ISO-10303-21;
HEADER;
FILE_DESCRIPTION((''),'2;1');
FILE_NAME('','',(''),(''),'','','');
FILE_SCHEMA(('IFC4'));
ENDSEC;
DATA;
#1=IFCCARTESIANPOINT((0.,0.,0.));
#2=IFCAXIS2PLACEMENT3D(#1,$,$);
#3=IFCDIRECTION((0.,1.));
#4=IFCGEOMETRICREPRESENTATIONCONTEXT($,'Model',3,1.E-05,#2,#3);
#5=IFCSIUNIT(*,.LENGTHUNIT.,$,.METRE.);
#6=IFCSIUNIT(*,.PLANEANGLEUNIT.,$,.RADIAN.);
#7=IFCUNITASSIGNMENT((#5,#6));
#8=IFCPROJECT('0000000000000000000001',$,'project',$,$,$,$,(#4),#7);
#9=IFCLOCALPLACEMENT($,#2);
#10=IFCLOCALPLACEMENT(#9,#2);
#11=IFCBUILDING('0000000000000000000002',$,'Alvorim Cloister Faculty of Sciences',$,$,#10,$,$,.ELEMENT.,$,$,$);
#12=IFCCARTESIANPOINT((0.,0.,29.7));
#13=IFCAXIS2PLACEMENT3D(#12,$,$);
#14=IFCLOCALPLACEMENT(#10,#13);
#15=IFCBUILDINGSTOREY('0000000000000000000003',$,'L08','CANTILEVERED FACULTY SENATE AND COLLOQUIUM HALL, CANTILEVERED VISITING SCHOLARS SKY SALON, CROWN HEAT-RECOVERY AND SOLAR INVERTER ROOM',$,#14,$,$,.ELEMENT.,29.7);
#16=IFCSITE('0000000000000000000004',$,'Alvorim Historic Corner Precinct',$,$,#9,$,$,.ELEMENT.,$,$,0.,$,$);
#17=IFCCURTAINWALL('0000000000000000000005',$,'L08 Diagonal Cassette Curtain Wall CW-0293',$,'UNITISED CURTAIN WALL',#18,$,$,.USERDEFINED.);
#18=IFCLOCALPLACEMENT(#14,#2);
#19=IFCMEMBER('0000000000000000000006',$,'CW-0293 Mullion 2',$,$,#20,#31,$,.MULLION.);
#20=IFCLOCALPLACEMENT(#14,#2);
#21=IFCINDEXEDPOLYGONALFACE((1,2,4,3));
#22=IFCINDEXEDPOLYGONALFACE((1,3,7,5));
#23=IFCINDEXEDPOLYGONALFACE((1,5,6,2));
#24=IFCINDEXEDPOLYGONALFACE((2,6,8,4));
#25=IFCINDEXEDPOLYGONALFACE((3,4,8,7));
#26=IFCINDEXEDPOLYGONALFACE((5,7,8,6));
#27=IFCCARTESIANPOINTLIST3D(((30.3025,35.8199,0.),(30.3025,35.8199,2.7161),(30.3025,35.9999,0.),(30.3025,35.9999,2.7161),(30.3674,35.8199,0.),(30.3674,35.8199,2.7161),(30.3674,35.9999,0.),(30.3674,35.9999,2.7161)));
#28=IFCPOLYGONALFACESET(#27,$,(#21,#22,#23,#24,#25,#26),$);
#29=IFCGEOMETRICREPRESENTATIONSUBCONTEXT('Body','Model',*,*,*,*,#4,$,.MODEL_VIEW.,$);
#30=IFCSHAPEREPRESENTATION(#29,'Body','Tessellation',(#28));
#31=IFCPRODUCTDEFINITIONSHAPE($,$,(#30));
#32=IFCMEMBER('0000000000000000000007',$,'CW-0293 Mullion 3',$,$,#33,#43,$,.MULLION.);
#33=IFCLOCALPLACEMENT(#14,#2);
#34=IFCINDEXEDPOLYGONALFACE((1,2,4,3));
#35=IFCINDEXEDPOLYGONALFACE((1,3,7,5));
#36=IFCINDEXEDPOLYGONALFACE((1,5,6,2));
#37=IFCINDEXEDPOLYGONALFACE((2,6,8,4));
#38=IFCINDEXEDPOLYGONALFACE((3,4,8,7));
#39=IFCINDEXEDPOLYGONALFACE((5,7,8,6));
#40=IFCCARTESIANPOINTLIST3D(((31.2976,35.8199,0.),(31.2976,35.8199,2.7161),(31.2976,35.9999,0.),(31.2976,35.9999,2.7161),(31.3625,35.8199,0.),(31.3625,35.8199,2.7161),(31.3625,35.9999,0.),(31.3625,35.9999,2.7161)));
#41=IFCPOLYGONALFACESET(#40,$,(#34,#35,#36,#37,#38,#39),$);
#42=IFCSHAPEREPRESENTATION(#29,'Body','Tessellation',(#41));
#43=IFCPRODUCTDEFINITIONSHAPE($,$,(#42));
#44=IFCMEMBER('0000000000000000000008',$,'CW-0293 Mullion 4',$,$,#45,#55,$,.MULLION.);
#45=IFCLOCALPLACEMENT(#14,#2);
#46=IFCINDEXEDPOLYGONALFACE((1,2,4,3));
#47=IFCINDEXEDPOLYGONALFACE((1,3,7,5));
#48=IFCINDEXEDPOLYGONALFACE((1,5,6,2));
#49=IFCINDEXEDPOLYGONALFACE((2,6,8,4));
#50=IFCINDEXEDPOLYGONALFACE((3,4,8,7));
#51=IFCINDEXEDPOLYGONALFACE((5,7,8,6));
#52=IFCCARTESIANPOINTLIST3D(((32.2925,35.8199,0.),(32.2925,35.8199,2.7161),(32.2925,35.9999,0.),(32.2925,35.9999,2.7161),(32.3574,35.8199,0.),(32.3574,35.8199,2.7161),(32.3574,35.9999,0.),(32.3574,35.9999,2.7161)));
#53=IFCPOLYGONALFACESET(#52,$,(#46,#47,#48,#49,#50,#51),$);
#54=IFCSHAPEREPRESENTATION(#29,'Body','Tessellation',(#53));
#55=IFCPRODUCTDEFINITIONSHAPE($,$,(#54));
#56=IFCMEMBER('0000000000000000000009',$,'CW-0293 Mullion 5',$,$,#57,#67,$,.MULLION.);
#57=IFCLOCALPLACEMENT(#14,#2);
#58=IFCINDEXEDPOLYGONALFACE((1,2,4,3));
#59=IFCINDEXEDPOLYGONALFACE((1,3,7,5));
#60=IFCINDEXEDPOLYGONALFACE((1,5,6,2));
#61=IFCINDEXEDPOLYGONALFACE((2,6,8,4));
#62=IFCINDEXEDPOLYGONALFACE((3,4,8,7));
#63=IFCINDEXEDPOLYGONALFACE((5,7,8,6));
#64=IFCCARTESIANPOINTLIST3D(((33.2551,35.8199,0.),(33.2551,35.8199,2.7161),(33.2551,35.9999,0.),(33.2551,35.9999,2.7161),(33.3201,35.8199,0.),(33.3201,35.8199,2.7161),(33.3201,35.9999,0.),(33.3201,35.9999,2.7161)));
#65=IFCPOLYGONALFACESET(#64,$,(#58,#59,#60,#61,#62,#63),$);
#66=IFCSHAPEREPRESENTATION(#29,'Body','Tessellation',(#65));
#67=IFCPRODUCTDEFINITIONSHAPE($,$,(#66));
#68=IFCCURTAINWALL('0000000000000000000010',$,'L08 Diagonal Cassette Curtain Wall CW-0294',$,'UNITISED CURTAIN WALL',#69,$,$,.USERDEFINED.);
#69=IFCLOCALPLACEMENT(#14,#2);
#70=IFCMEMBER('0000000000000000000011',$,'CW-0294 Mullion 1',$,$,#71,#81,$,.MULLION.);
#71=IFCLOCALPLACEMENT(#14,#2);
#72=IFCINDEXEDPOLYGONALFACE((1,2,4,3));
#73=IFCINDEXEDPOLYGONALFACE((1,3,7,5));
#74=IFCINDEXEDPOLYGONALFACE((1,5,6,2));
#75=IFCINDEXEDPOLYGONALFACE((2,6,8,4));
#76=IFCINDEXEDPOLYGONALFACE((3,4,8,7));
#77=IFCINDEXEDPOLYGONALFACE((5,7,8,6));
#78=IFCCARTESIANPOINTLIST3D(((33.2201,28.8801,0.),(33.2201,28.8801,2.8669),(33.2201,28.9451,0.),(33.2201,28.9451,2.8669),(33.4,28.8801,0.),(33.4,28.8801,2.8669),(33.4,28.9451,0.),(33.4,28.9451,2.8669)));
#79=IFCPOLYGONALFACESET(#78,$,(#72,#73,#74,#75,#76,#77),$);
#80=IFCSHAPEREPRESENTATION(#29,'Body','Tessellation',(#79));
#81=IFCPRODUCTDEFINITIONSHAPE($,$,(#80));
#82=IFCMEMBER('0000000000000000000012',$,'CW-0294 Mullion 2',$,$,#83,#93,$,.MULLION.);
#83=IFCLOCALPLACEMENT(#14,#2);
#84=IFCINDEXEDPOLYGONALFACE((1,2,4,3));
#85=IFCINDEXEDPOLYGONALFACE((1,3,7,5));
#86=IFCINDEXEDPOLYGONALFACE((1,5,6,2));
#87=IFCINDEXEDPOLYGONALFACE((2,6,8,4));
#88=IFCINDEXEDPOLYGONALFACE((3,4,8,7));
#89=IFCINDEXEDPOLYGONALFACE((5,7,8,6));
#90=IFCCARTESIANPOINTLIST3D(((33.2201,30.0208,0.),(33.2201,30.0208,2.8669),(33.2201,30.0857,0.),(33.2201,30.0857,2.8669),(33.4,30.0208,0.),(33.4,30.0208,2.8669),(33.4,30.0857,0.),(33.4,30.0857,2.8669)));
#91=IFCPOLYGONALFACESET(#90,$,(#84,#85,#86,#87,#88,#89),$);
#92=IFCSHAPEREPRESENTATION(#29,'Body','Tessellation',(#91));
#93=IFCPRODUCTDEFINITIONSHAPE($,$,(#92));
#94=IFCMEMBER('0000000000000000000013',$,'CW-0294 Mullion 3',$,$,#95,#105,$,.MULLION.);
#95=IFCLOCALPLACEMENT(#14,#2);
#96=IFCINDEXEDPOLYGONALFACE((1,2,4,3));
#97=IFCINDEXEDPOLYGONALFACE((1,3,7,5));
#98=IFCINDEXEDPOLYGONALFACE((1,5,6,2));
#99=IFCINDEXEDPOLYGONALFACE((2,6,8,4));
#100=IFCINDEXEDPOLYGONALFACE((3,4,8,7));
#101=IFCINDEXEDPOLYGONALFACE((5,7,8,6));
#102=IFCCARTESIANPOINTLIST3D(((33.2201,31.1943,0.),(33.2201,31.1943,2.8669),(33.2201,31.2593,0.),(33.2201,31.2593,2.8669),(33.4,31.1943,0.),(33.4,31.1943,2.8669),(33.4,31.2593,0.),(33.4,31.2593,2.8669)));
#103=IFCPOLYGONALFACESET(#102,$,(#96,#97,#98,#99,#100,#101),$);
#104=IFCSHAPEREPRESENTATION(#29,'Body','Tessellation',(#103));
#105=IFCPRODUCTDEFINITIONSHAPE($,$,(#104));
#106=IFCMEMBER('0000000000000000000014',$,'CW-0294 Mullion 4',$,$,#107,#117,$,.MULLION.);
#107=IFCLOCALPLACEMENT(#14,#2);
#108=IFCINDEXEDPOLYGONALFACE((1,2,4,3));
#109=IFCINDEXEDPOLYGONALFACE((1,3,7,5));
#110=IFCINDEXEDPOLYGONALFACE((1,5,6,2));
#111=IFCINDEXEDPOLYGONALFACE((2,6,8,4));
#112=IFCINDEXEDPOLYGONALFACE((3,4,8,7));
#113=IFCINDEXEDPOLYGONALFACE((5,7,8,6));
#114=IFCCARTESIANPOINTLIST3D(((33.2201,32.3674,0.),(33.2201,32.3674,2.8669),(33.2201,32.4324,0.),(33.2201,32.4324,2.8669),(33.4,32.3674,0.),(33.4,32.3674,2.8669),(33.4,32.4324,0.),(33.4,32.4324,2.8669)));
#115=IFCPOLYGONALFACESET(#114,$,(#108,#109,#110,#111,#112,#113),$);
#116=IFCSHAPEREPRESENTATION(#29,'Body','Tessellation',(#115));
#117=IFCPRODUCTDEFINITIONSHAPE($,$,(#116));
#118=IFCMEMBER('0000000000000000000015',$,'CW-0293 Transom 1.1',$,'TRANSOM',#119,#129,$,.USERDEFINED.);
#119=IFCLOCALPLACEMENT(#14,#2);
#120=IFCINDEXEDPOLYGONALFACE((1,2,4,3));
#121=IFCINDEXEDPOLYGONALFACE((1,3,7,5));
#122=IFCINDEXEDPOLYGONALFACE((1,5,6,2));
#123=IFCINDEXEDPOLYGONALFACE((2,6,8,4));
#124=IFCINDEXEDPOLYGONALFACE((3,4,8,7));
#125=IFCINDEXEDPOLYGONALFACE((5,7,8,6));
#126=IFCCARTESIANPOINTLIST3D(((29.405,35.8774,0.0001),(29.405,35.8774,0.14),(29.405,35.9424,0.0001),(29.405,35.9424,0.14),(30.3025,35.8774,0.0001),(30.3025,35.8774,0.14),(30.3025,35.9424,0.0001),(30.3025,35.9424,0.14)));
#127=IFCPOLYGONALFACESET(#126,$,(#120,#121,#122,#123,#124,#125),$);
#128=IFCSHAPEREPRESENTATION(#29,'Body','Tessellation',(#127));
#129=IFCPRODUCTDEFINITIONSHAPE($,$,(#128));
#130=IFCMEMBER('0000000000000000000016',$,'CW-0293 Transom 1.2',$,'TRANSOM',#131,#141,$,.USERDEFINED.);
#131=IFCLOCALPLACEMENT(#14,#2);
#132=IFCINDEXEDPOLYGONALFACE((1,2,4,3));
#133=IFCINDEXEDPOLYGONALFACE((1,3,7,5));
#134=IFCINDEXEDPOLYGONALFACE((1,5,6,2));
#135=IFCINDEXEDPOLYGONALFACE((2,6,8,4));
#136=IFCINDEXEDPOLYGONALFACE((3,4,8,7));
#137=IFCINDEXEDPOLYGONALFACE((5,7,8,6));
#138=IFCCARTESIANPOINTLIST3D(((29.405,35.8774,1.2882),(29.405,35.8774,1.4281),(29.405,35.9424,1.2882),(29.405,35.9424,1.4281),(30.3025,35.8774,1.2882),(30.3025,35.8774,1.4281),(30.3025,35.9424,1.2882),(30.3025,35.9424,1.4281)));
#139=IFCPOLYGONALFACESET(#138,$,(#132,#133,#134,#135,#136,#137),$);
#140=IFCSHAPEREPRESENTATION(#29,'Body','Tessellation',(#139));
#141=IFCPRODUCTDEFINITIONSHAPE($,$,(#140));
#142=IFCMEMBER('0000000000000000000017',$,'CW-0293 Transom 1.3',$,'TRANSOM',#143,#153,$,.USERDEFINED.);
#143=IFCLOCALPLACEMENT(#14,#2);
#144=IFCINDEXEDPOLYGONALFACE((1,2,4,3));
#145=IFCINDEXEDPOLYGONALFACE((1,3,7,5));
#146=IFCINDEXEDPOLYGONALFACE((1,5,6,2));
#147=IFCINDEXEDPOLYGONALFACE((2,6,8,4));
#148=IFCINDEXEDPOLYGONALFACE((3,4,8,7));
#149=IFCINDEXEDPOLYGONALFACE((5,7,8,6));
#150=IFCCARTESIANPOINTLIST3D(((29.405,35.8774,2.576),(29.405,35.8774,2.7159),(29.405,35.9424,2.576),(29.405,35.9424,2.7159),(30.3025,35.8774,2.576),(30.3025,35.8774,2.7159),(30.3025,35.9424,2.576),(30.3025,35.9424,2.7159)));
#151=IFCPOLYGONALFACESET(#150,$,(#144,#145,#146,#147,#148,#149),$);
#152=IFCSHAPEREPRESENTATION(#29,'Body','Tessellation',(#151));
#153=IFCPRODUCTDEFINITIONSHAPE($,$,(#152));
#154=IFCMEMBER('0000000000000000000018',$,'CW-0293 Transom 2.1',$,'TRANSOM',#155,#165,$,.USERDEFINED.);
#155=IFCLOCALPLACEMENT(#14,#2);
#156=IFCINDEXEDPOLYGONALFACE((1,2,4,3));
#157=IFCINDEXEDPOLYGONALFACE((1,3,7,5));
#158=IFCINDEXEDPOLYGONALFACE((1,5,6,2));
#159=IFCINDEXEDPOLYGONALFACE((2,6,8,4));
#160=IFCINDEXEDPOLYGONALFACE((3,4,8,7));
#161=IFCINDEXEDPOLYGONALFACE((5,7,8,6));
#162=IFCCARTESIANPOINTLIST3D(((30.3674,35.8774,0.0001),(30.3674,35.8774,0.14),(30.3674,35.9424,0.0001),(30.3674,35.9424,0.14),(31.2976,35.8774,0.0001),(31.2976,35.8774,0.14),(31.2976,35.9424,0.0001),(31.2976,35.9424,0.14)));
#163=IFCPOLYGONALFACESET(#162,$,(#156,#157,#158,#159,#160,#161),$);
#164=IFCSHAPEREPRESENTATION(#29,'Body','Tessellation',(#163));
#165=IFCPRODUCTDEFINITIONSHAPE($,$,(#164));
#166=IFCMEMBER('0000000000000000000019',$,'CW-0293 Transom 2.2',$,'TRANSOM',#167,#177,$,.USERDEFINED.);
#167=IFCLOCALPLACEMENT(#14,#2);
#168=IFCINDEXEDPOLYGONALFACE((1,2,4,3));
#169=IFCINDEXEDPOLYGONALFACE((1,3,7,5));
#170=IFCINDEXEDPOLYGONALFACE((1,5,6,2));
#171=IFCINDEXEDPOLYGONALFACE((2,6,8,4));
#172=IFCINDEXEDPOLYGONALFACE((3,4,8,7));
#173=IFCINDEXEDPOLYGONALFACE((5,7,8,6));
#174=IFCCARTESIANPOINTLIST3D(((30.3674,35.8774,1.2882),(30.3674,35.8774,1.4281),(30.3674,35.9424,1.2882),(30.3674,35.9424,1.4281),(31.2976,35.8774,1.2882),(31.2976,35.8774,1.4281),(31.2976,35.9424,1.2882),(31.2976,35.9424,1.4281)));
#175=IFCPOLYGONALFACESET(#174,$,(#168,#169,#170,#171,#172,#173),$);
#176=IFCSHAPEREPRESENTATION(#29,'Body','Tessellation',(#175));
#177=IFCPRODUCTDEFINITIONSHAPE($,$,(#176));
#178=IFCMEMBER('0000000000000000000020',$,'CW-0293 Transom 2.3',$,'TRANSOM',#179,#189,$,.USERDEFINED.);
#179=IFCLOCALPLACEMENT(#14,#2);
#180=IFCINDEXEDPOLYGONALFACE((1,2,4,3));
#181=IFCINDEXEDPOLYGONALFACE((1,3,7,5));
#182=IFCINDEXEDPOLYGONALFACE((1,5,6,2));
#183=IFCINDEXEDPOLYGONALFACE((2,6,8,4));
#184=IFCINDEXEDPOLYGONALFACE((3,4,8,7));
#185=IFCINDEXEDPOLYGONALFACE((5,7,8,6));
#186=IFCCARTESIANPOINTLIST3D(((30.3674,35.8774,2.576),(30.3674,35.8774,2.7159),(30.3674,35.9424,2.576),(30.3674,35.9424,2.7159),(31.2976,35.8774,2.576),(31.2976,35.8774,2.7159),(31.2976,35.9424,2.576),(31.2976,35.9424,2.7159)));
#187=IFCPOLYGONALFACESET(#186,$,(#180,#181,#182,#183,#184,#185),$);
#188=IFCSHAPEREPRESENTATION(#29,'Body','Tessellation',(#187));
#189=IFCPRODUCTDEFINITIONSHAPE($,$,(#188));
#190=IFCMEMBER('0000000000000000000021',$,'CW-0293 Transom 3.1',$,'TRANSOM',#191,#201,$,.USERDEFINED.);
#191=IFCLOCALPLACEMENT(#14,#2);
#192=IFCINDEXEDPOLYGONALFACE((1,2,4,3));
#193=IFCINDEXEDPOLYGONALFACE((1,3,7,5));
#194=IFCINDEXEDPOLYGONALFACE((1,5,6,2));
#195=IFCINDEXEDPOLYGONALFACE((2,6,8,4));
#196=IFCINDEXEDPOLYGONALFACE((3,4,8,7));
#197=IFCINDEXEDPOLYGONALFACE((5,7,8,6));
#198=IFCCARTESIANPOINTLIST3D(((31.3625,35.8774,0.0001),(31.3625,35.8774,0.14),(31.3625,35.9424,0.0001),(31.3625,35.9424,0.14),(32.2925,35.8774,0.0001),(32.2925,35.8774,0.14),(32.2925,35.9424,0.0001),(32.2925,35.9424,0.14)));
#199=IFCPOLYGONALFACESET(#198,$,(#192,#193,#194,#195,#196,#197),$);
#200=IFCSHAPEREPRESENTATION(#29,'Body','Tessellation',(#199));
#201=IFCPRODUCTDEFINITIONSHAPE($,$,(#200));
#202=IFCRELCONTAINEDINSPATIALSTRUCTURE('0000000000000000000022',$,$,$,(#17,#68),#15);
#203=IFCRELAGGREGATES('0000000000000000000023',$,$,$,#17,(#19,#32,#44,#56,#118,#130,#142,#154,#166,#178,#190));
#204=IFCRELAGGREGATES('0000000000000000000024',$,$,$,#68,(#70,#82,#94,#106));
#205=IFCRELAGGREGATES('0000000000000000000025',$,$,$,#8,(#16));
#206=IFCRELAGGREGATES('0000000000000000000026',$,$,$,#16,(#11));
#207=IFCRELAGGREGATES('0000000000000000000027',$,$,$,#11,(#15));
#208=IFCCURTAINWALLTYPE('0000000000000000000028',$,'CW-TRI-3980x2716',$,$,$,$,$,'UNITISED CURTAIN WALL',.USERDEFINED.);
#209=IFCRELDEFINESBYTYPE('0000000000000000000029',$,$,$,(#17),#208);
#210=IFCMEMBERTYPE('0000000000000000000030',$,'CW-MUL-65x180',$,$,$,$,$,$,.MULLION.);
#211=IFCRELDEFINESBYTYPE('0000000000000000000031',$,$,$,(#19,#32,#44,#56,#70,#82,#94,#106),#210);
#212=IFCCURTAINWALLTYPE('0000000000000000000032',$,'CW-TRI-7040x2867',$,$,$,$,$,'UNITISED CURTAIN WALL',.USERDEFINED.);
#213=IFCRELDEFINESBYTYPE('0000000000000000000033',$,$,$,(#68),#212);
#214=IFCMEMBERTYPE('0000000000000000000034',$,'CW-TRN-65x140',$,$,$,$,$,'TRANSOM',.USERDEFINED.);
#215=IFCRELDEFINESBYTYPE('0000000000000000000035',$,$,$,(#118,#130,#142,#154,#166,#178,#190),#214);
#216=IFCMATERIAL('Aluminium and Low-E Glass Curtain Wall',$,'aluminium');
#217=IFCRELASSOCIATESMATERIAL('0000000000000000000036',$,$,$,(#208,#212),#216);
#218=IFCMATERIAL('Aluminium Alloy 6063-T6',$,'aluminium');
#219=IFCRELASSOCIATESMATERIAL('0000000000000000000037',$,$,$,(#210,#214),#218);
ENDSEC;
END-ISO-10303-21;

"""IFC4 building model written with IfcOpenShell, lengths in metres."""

from ifc_helpers import new_model, si_unit, direction, frame, origin, origin_2d, place, context, subcontext, project, spatial, rectangle, extrude, material, material_profile, profile_set, type_object, element, aggregate, save


model = new_model("IFC4")

# Units and contexts
model_context = context("Model", 3, precision=1e-05, world=origin(), true_north=direction((0.0, 1.0)))
body_context = subcontext(model_context, "Body", "Model", "MODEL_VIEW")
ifc_project = project(units=[si_unit("LENGTHUNIT", "METRE"), si_unit("PLANEANGLEUNIT", "RADIAN")], contexts=[model_context])

# Site, building, storey
site_placement = place(None, origin())
site = spatial("IfcSite", under=ifc_project, at=site_placement, Name="Alvorim Historic Corner Precinct", CompositionType="ELEMENT", RefElevation=0.0)
building_placement = place(site_placement, origin())
building = spatial("IfcBuilding", under=site, at=building_placement, Name="Alvorim Cloister Faculty of Sciences", CompositionType="ELEMENT")
storey_placement = place(building_placement, frame((0.0, 0.0, 29.7)))
storey = spatial("IfcBuildingStorey", under=building, at=storey_placement, Name="L08", Description="CANTILEVERED FACULTY SENATE AND COLLOQUIUM HALL, CANTILEVERED VISITING SCHOLARS SKY SALON, CROWN HEAT-RECOVERY AND SOLAR INVERTER ROOM", CompositionType="ELEMENT", Elevation=29.7)

# Curtain walls, members
ifc_material_1 = material(Name="Aluminium and Low-E Glass Curtain Wall", Category="aluminium")
curtain_wall_type_1 = type_object("IfcCurtainWallType", Name="CW-TRI-3980x2716", ElementType="UNITISED CURTAIN WALL", PredefinedType="USERDEFINED", material=ifc_material_1)
curtain_wall_1_placement = place(storey_placement, origin())
curtain_wall_1 = element("IfcCurtainWall", 1, at=curtain_wall_1_placement, inside=storey, type_object=curtain_wall_type_1, Name="L08 Diagonal Cassette Curtain Wall CW-0293", ObjectType="UNITISED CURTAIN WALL", PredefinedType="USERDEFINED")
ifc_material_2 = material(Name="Aluminium Alloy 6063-T6", Category="aluminium")
ifc_material_profile_1 = material_profile(ifc_material_2, rectangle(XDim=0.0649, YDim=0.1799, at=origin_2d()), Name="ALU-MUL-65x180")
ifc_profile_set_1 = profile_set([ifc_material_profile_1], Name="Aluminium Alloy 6063-T6")
member_type_1 = type_object("IfcMemberType", Name="CW-MUL-65x180", PredefinedType="MULLION", material=ifc_profile_set_1)
member_1_placement = place(storey_placement, frame((30.335, 35.9099, 0.0), z_axis=(0.0, 0.0, 1.0), x_axis=(1.0, 0.0, 0.0)))
member_1 = element("IfcMember", 2, at=member_1_placement, type_object=member_type_1, Name="CW-0293 Mullion 2", PredefinedType="MULLION", context=body_context, shape_type="SweptSolid", body=[
    extrude(rectangle(XDim=0.0649, YDim=0.1799, at=origin_2d()), origin(), (0.0, 0.0, 1.0), 2.7161),
])
member_2_placement = place(storey_placement, frame((31.3301, 35.9099, 0.0), z_axis=(0.0, 0.0, 1.0), x_axis=(1.0, 0.0, 0.0)))
member_2 = element("IfcMember", 3, at=member_2_placement, type_object=member_type_1, Name="CW-0293 Mullion 3", PredefinedType="MULLION", context=body_context, shape_type="SweptSolid", body=[
    extrude(rectangle(XDim=0.0649, YDim=0.1799, at=origin_2d()), origin(), (0.0, 0.0, 1.0), 2.7161),
])
member_3_placement = place(storey_placement, frame((32.325, 35.9099, 0.0), z_axis=(0.0, 0.0, 1.0), x_axis=(1.0, 0.0, 0.0)))
member_3 = element("IfcMember", 4, at=member_3_placement, type_object=member_type_1, Name="CW-0293 Mullion 4", PredefinedType="MULLION", context=body_context, shape_type="SweptSolid", body=[
    extrude(rectangle(XDim=0.0649, YDim=0.1799, at=origin_2d()), origin(), (0.0, 0.0, 1.0), 2.7161),
])
member_4_placement = place(storey_placement, frame((33.2876, 35.9099, 0.0), z_axis=(0.0, 0.0, 1.0), x_axis=(1.0, 0.0, 0.0)))
member_4 = element("IfcMember", 5, at=member_4_placement, type_object=member_type_1, Name="CW-0293 Mullion 5", PredefinedType="MULLION", context=body_context, shape_type="SweptSolid", body=[
    extrude(rectangle(XDim=0.0649, YDim=0.1799, at=origin_2d()), origin(), (0.0, 0.0, 1.0), 2.7161),
])
curtain_wall_type_2 = type_object("IfcCurtainWallType", Name="CW-TRI-7040x2867", ElementType="UNITISED CURTAIN WALL", PredefinedType="USERDEFINED", material=ifc_material_1)
curtain_wall_2_placement = place(storey_placement, origin())
curtain_wall_2 = element("IfcCurtainWall", 6, at=curtain_wall_2_placement, inside=storey, type_object=curtain_wall_type_2, Name="L08 Diagonal Cassette Curtain Wall CW-0294", ObjectType="UNITISED CURTAIN WALL", PredefinedType="USERDEFINED")
member_5_placement = place(storey_placement, frame((33.3101, 28.9126, 0.0), z_axis=(0.0, 0.0, 1.0), x_axis=(0.0, 1.0, 0.0)))
member_5 = element("IfcMember", 7, at=member_5_placement, type_object=member_type_1, Name="CW-0294 Mullion 1", PredefinedType="MULLION", context=body_context, shape_type="SweptSolid", body=[
    extrude(rectangle(XDim=0.0649, YDim=0.1799, at=origin_2d()), origin(), (0.0, 0.0, 1.0), 2.8669),
])
member_6_placement = place(storey_placement, frame((33.3101, 30.0532, 0.0), z_axis=(0.0, 0.0, 1.0), x_axis=(0.0, 1.0, 0.0)))
member_6 = element("IfcMember", 8, at=member_6_placement, type_object=member_type_1, Name="CW-0294 Mullion 2", PredefinedType="MULLION", context=body_context, shape_type="SweptSolid", body=[
    extrude(rectangle(XDim=0.0649, YDim=0.1799, at=origin_2d()), origin(), (0.0, 0.0, 1.0), 2.8669),
])
member_7_placement = place(storey_placement, frame((33.3101, 31.2268, 0.0), z_axis=(0.0, 0.0, 1.0), x_axis=(0.0, 1.0, 0.0)))
member_7 = element("IfcMember", 9, at=member_7_placement, type_object=member_type_1, Name="CW-0294 Mullion 3", PredefinedType="MULLION", context=body_context, shape_type="SweptSolid", body=[
    extrude(rectangle(XDim=0.0649, YDim=0.1799, at=origin_2d()), origin(), (0.0, 0.0, 1.0), 2.8669),
])
member_8_placement = place(storey_placement, frame((33.3101, 32.3999, 0.0), z_axis=(0.0, 0.0, 1.0), x_axis=(0.0, 1.0, 0.0)))
member_8 = element("IfcMember", 10, at=member_8_placement, type_object=member_type_1, Name="CW-0294 Mullion 4", PredefinedType="MULLION", context=body_context, shape_type="SweptSolid", body=[
    extrude(rectangle(XDim=0.0649, YDim=0.1799, at=origin_2d()), origin(), (0.0, 0.0, 1.0), 2.8669),
])

# Members
ifc_material_profile_2 = material_profile(ifc_material_2, rectangle(XDim=0.0649, YDim=0.1399, at=origin_2d()), Name="ALU-TRN-65x140")
ifc_profile_set_2 = profile_set([ifc_material_profile_2], Name="Aluminium Alloy 6063-T6")
member_type_2 = type_object("IfcMemberType", Name="CW-TRN-65x140", ElementType="TRANSOM", PredefinedType="USERDEFINED", material=ifc_profile_set_2)
member_9_placement = place(storey_placement, frame((29.405, 35.9099, 0.0701), z_axis=(1.0, 0.0, 0.0), x_axis=(0.0, 1.0, 0.0)))
member_9 = element("IfcMember", 11, at=member_9_placement, type_object=member_type_2, Name="CW-0293 Transom 1.1", ObjectType="TRANSOM", PredefinedType="USERDEFINED", context=body_context, shape_type="SweptSolid", body=[
    extrude(rectangle(XDim=0.0649, YDim=0.1399, at=origin_2d()), origin(), (0.0, 0.0, 1.0), 0.8975),
])
member_10_placement = place(storey_placement, frame((29.405, 35.9099, 1.3582), z_axis=(1.0, 0.0, 0.0), x_axis=(0.0, 1.0, 0.0)))
member_10 = element("IfcMember", 12, at=member_10_placement, type_object=member_type_2, Name="CW-0293 Transom 1.2", ObjectType="TRANSOM", PredefinedType="USERDEFINED", context=body_context, shape_type="SweptSolid", body=[
    extrude(rectangle(XDim=0.0649, YDim=0.1399, at=origin_2d()), origin(), (0.0, 0.0, 1.0), 0.8975),
])
member_11_placement = place(storey_placement, frame((29.405, 35.9099, 2.646), z_axis=(1.0, 0.0, 0.0), x_axis=(0.0, 1.0, 0.0)))
member_11 = element("IfcMember", 13, at=member_11_placement, type_object=member_type_2, Name="CW-0293 Transom 1.3", ObjectType="TRANSOM", PredefinedType="USERDEFINED", context=body_context, shape_type="SweptSolid", body=[
    extrude(rectangle(XDim=0.0649, YDim=0.1399, at=origin_2d()), origin(), (0.0, 0.0, 1.0), 0.8975),
])
member_12_placement = place(storey_placement, frame((30.3674, 35.9099, 0.0701), z_axis=(1.0, 0.0, 0.0), x_axis=(0.0, 1.0, 0.0)))
member_12 = element("IfcMember", 14, at=member_12_placement, type_object=member_type_2, Name="CW-0293 Transom 2.1", ObjectType="TRANSOM", PredefinedType="USERDEFINED", context=body_context, shape_type="SweptSolid", body=[
    extrude(rectangle(XDim=0.0649, YDim=0.1399, at=origin_2d()), origin(), (0.0, 0.0, 1.0), 0.9302),
])
member_13_placement = place(storey_placement, frame((30.3674, 35.9099, 1.3582), z_axis=(1.0, 0.0, 0.0), x_axis=(0.0, 1.0, 0.0)))
member_13 = element("IfcMember", 15, at=member_13_placement, type_object=member_type_2, Name="CW-0293 Transom 2.2", ObjectType="TRANSOM", PredefinedType="USERDEFINED", context=body_context, shape_type="SweptSolid", body=[
    extrude(rectangle(XDim=0.0649, YDim=0.1399, at=origin_2d()), origin(), (0.0, 0.0, 1.0), 0.9302),
])
member_14_placement = place(storey_placement, frame((30.3674, 35.9099, 2.646), z_axis=(1.0, 0.0, 0.0), x_axis=(0.0, 1.0, 0.0)))
member_14 = element("IfcMember", 16, at=member_14_placement, type_object=member_type_2, Name="CW-0293 Transom 2.3", ObjectType="TRANSOM", PredefinedType="USERDEFINED", context=body_context, shape_type="SweptSolid", body=[
    extrude(rectangle(XDim=0.0649, YDim=0.1399, at=origin_2d()), origin(), (0.0, 0.0, 1.0), 0.9302),
])
member_15_placement = place(storey_placement, frame((31.3625, 35.9099, 0.0701), z_axis=(1.0, 0.0, 0.0), x_axis=(0.0, 1.0, 0.0)))
member_15 = element("IfcMember", 17, at=member_15_placement, type_object=member_type_2, Name="CW-0293 Transom 3.1", ObjectType="TRANSOM", PredefinedType="USERDEFINED", context=body_context, shape_type="SweptSolid", body=[
    extrude(rectangle(XDim=0.0649, YDim=0.1399, at=origin_2d()), origin(), (0.0, 0.0, 1.0), 0.9299),
])
aggregate(curtain_wall_1, [member_1, member_2, member_3, member_4, member_9, member_10, member_11, member_12, member_13, member_14, member_15])
aggregate(curtain_wall_2, [member_5, member_6, member_7, member_8])

save(model, "model.ifc")
